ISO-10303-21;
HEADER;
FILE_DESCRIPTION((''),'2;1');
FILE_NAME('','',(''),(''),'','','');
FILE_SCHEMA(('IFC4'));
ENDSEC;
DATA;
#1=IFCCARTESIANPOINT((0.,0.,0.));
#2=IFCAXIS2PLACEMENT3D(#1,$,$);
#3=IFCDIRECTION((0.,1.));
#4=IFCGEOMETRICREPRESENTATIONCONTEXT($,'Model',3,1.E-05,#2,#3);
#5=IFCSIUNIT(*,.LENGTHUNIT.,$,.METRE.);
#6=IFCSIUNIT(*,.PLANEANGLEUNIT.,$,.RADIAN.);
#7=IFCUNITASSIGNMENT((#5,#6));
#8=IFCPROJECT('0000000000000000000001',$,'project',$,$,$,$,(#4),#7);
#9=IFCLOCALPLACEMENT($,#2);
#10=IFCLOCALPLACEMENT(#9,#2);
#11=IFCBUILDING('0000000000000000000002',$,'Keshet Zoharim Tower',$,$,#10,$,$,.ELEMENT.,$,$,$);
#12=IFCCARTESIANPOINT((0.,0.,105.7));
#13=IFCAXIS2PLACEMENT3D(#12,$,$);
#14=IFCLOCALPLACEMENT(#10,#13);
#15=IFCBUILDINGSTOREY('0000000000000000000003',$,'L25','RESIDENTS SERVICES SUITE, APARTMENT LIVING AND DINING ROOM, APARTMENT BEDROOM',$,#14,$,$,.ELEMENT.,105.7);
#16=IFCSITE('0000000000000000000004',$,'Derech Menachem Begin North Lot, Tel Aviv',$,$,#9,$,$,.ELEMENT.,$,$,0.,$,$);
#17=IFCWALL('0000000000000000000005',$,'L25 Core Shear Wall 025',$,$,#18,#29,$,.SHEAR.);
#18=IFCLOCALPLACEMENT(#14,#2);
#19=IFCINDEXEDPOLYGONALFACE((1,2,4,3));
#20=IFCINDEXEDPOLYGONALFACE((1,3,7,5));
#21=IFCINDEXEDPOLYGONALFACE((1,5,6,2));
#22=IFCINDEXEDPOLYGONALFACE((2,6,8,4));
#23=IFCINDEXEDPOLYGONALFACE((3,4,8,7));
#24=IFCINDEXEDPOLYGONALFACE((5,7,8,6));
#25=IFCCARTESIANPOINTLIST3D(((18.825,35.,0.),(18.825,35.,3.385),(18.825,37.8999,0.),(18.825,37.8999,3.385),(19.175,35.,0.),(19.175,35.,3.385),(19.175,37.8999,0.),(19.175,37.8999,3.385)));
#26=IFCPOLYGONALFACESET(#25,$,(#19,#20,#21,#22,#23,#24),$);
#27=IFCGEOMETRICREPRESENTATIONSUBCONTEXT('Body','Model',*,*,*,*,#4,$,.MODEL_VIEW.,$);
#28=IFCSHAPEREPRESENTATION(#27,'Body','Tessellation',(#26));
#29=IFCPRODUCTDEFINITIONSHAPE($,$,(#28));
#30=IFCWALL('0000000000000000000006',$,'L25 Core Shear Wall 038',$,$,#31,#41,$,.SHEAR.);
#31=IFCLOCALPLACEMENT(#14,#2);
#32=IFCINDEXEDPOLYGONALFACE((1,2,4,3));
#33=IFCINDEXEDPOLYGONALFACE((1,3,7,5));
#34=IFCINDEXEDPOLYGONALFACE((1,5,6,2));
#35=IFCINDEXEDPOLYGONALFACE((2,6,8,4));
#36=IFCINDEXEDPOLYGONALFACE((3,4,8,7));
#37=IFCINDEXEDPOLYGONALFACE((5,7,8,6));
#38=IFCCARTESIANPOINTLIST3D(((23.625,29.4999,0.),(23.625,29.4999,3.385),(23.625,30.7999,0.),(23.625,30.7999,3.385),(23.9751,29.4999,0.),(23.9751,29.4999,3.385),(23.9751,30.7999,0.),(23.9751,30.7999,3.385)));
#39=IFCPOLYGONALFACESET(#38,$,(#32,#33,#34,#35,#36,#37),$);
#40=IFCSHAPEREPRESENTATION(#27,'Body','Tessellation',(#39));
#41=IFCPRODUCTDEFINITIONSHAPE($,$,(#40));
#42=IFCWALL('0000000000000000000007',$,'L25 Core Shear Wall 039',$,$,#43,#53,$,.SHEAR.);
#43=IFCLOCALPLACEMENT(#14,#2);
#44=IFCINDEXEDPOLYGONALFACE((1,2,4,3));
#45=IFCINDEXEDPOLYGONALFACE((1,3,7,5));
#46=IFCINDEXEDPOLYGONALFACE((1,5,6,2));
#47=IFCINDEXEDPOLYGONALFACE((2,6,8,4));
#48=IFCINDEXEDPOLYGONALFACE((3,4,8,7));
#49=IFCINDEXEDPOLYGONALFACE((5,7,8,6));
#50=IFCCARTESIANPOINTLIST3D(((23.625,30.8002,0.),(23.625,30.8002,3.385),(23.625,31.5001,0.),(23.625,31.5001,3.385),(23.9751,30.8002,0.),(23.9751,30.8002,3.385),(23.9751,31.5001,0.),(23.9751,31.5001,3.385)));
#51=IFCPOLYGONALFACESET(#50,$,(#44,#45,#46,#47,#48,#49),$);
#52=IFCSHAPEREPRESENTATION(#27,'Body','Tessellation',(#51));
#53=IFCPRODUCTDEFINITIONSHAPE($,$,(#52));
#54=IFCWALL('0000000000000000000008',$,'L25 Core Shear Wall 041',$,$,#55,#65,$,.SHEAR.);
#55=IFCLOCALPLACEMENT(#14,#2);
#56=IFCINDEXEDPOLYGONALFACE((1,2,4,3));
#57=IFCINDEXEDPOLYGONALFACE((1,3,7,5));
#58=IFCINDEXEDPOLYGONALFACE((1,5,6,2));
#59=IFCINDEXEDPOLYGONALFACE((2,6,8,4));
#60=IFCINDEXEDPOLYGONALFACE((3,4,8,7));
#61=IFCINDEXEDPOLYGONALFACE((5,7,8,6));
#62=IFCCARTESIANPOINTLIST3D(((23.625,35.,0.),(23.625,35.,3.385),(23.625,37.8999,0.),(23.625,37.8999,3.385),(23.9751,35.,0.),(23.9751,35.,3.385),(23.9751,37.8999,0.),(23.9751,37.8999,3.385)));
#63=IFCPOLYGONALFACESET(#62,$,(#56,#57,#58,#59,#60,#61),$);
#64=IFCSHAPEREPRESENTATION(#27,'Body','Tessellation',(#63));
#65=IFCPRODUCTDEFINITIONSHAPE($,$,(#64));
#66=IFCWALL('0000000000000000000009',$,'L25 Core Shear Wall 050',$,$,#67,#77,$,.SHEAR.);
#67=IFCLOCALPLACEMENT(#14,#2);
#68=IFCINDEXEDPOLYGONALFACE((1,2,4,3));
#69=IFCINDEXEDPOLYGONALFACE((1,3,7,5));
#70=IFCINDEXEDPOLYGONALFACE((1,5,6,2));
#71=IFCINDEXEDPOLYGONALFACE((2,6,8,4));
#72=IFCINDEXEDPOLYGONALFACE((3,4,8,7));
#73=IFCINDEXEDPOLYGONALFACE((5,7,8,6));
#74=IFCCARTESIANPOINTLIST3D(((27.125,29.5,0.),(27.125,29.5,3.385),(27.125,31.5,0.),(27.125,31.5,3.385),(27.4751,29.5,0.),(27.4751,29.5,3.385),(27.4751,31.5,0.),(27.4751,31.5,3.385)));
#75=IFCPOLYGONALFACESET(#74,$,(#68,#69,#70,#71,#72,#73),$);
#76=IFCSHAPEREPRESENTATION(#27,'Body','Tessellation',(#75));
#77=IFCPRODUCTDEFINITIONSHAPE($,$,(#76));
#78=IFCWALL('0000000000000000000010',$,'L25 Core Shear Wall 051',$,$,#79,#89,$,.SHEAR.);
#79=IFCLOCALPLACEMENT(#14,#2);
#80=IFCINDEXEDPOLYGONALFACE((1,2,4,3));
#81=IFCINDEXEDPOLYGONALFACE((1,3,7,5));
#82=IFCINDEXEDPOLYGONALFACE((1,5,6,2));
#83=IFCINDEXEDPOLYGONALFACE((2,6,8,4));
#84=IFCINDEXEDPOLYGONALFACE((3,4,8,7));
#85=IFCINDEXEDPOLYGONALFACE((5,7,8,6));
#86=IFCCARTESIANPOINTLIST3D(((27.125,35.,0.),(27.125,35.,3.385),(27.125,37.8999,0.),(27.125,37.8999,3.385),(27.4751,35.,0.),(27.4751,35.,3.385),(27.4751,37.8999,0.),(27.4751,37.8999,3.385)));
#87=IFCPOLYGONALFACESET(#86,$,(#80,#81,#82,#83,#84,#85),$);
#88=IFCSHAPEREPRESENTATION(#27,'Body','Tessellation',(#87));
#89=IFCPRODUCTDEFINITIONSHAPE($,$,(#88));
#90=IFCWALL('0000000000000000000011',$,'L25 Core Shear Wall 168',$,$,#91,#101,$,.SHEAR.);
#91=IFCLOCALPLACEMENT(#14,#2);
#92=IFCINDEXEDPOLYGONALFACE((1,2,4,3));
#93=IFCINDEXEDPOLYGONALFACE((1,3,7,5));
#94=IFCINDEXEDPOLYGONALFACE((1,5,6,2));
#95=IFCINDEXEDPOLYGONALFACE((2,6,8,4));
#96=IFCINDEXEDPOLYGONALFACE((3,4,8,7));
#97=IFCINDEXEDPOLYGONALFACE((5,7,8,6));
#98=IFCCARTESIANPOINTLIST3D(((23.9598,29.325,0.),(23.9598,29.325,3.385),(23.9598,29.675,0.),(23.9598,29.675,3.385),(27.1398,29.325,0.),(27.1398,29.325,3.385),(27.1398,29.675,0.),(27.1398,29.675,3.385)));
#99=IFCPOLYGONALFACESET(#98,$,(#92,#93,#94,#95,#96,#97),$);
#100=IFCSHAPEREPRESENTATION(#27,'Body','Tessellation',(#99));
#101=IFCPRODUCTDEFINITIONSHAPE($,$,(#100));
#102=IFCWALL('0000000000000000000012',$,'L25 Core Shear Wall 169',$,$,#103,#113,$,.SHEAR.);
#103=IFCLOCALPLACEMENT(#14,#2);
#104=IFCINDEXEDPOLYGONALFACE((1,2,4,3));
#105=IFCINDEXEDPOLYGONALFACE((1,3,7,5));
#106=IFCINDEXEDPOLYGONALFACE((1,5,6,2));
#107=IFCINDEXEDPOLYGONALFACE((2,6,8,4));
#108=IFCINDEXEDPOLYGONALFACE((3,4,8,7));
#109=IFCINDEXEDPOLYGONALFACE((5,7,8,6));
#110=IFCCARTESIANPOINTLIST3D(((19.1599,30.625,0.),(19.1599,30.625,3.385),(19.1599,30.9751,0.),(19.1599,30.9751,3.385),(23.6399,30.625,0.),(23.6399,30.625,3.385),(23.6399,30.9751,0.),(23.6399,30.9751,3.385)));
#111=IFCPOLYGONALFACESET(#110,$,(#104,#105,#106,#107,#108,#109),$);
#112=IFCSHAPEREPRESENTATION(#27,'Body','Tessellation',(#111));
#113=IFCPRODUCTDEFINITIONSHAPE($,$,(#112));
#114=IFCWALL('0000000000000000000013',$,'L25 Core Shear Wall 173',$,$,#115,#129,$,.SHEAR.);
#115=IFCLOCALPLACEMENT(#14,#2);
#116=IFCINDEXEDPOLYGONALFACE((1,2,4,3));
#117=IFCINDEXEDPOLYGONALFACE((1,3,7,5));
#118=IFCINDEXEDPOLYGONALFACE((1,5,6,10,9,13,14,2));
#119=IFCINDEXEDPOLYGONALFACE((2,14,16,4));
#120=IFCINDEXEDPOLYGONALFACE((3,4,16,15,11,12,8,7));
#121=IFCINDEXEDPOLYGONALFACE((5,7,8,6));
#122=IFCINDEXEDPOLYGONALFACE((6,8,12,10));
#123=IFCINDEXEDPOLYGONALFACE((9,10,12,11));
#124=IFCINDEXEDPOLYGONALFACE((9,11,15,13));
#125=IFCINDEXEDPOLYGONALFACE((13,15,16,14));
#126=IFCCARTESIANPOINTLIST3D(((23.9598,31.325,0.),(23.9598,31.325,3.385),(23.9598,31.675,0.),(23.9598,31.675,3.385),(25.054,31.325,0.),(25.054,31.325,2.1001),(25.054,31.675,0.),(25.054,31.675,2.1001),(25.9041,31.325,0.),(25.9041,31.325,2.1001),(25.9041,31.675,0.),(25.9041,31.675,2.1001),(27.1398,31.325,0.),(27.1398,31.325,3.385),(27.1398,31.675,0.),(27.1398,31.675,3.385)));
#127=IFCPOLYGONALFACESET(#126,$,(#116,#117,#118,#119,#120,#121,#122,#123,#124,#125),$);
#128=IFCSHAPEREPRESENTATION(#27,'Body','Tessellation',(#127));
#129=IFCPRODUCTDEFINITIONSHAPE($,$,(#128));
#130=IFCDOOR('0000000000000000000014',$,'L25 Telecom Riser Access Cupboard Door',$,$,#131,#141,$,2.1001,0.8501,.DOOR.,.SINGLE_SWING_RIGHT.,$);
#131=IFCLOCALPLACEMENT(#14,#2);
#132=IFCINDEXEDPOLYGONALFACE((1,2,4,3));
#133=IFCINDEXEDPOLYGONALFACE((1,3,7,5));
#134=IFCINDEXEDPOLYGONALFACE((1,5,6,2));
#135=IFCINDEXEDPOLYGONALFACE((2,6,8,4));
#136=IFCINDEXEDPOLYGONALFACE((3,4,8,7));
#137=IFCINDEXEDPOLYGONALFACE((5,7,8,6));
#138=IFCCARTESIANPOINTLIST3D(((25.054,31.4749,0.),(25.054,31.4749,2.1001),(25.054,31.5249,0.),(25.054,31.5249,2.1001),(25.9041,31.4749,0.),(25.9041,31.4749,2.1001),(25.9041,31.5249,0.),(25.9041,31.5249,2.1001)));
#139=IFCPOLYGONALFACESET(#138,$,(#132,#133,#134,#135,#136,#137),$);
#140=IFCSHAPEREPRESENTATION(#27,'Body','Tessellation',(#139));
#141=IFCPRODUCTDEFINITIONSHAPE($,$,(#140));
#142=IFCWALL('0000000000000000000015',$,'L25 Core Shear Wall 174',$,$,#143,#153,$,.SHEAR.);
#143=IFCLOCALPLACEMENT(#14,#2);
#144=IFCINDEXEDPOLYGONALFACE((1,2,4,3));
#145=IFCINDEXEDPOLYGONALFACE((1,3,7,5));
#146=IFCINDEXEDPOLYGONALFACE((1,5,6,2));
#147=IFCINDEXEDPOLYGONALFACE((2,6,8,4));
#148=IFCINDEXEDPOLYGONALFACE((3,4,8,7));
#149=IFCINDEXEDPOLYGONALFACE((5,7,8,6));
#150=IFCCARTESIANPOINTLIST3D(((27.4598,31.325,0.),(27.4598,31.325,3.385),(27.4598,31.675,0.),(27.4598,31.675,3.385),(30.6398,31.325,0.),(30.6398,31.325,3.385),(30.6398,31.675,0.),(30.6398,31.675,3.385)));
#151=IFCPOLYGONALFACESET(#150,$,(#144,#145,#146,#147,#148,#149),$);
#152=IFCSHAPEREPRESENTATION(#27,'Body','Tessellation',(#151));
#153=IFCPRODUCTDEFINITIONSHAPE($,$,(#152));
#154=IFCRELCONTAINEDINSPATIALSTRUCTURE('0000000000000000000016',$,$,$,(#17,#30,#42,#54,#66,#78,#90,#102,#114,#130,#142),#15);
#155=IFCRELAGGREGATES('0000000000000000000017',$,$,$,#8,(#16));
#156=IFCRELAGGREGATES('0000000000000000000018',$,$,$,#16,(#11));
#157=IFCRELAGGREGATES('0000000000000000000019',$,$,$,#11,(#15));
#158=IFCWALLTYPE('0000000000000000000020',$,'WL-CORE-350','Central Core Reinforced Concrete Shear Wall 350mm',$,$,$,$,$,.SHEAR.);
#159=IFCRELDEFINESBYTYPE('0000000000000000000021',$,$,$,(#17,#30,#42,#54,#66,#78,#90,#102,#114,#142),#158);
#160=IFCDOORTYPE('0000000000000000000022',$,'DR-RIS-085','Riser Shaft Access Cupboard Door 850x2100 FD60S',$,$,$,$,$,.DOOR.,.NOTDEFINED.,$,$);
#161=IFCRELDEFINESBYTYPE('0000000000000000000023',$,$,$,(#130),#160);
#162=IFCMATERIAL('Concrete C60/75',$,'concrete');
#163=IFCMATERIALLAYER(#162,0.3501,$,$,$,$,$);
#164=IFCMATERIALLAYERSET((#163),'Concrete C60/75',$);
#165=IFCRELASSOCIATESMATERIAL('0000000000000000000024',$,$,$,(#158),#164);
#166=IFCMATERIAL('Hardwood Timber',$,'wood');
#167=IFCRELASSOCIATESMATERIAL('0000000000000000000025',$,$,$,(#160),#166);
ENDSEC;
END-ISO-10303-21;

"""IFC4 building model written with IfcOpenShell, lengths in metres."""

from ifc_helpers import new_model, si_unit, direction, frame, frame_2d, origin, place, context, subcontext, project, spatial, rectangle, extrude, material, layer, layer_set, type_object, element, fill, save


model = new_model("IFC4")

# Units and contexts
model_context = context("Model", 3, precision=1e-05, world=origin(), true_north=direction((0.0, 1.0)))
body_context = subcontext(model_context, "Body", "Model", "MODEL_VIEW")
ifc_project = project(units=[si_unit("LENGTHUNIT", "METRE"), si_unit("PLANEANGLEUNIT", "RADIAN")], contexts=[model_context])

# Site, building, storey
site_placement = place(None, origin())
site = spatial("IfcSite", under=ifc_project, at=site_placement, Name="Derech Menachem Begin North Lot, Tel Aviv", CompositionType="ELEMENT", RefElevation=0.0)
building_placement = place(site_placement, origin())
building = spatial("IfcBuilding", under=site, at=building_placement, Name="Keshet Zoharim Tower", CompositionType="ELEMENT")
storey_placement = place(building_placement, frame((0.0, 0.0, 105.7)))
storey = spatial("IfcBuildingStorey", under=building, at=storey_placement, Name="L25", Description="RESIDENTS SERVICES SUITE, APARTMENT LIVING AND DINING ROOM, APARTMENT BEDROOM", CompositionType="ELEMENT", Elevation=105.7)

# Walls
ifc_material_1 = material(Name="Concrete C60/75", Category="concrete")
ifc_layer_1 = layer(ifc_material_1, 0.3501)
ifc_layer_set_1 = layer_set([ifc_layer_1], Name="Concrete C60/75")
wall_type_1 = type_object("IfcWallType", Name="WL-CORE-350", Description="Central Core Reinforced Concrete Shear Wall 350mm", PredefinedType="SHEAR", material=ifc_layer_set_1)
wall_1_placement = place(storey_placement, frame((19.0, 35.0, 0.0), z_axis=(0.0, 0.0, 1.0), x_axis=(0.0, 1.0, 0.0)))
element("IfcWall", 1, at=wall_1_placement, inside=storey, type_object=wall_type_1, Name="L25 Core Shear Wall 025", PredefinedType="SHEAR", context=body_context, shape_type="SweptSolid", body=[
    extrude(rectangle(XDim=2.8999, YDim=0.3501, at=frame_2d((1.45, 0.0))), origin(), (0.0, 0.0, 1.0), 3.385),
])
wall_2_placement = place(storey_placement, frame((23.8, 29.5, 0.0), z_axis=(0.0, 0.0, 1.0), x_axis=(0.0, 1.0, 0.0)))
element("IfcWall", 2, at=wall_2_placement, inside=storey, type_object=wall_type_1, Name="L25 Core Shear Wall 038", PredefinedType="SHEAR", context=body_context, shape_type="SweptSolid", body=[
    extrude(rectangle(XDim=1.3, YDim=0.3501, at=frame_2d((0.6499, 0.0))), origin(), (0.0, 0.0, 1.0), 3.385),
])
wall_3_placement = place(storey_placement, frame((23.8, 30.8, 0.0), z_axis=(0.0, 0.0, 1.0), x_axis=(0.0, 1.0, 0.0)))
element("IfcWall", 3, at=wall_3_placement, inside=storey, type_object=wall_type_1, Name="L25 Core Shear Wall 039", PredefinedType="SHEAR", context=body_context, shape_type="SweptSolid", body=[
    extrude(rectangle(XDim=0.7, YDim=0.3501, at=frame_2d((0.3501, 0.0))), origin(), (0.0, 0.0, 1.0), 3.385),
])

# Shared definitions
ifc_material_2 = material(Name="Hardwood Timber", Category="wood")

# Walls
wall_4_placement = place(storey_placement, frame((23.8, 35.0, 0.0), z_axis=(0.0, 0.0, 1.0), x_axis=(0.0, 1.0, 0.0)))
element("IfcWall", 4, at=wall_4_placement, inside=storey, type_object=wall_type_1, Name="L25 Core Shear Wall 041", PredefinedType="SHEAR", context=body_context, shape_type="SweptSolid", body=[
    extrude(rectangle(XDim=2.8999, YDim=0.3501, at=frame_2d((1.45, 0.0))), origin(), (0.0, 0.0, 1.0), 3.385),
])
wall_5_placement = place(storey_placement, frame((27.3, 29.5, 0.0), z_axis=(0.0, 0.0, 1.0), x_axis=(0.0, 1.0, 0.0)))
element("IfcWall", 5, at=wall_5_placement, inside=storey, type_object=wall_type_1, Name="L25 Core Shear Wall 050", PredefinedType="SHEAR", context=body_context, shape_type="SweptSolid", body=[
    extrude(rectangle(XDim=2.0, YDim=0.3501, at=frame_2d((1.0, 0.0))), origin(), (0.0, 0.0, 1.0), 3.385),
])
wall_6_placement = place(storey_placement, frame((27.3, 35.0, 0.0), z_axis=(0.0, 0.0, 1.0), x_axis=(0.0, 1.0, 0.0)))
element("IfcWall", 6, at=wall_6_placement, inside=storey, type_object=wall_type_1, Name="L25 Core Shear Wall 051", PredefinedType="SHEAR", context=body_context, shape_type="SweptSolid", body=[
    extrude(rectangle(XDim=2.8999, YDim=0.3501, at=frame_2d((1.45, 0.0))), origin(), (0.0, 0.0, 1.0), 3.385),
])
wall_7_placement = place(storey_placement, frame((23.96, 29.5, 0.0), z_axis=(0.0, 0.0, 1.0), x_axis=(1.0, 0.0, 0.0)))
element("IfcWall", 7, at=wall_7_placement, inside=storey, type_object=wall_type_1, Name="L25 Core Shear Wall 168", PredefinedType="SHEAR", context=body_context, shape_type="SweptSolid", body=[
    extrude(rectangle(XDim=3.1799, YDim=0.3501, at=frame_2d((1.5898, 0.0))), origin(), (0.0, 0.0, 1.0), 3.385),
])
wall_8_placement = place(storey_placement, frame((19.1599, 30.8, 0.0), z_axis=(0.0, 0.0, 1.0), x_axis=(1.0, 0.0, 0.0)))
element("IfcWall", 8, at=wall_8_placement, inside=storey, type_object=wall_type_1, Name="L25 Core Shear Wall 169", PredefinedType="SHEAR", context=body_context, shape_type="SweptSolid", body=[
    extrude(rectangle(XDim=4.48, YDim=0.3501, at=frame_2d((2.24, 0.0))), origin(), (0.0, 0.0, 1.0), 3.385),
])

# Wall, opening, door
wall_9_placement = place(storey_placement, frame((23.96, 31.5, 0.0), z_axis=(0.0, 0.0, 1.0), x_axis=(1.0, 0.0, 0.0)))
wall_9 = element("IfcWall", 9, at=wall_9_placement, inside=storey, type_object=wall_type_1, Name="L25 Core Shear Wall 173", PredefinedType="SHEAR", context=body_context, shape_type="SweptSolid", body=[
    extrude(rectangle(XDim=3.1799, YDim=0.3501, at=frame_2d((1.5898, 0.0))), origin(), (0.0, 0.0, 1.0), 3.385),
])
opening_1_placement = place(wall_9_placement, frame((1.094, 0.0, 0.0)))
opening_1 = element("IfcOpeningElement", 10, at=opening_1_placement, cuts=wall_9, PredefinedType="OPENING", context=body_context, shape_type="SweptSolid", body=[
    extrude(rectangle(XDim=0.8501, YDim=2.1001, at=frame_2d((0.425, 1.05))), frame((0.0, 0.1851, 0.0), z_axis=(0.0, -1.0, 0.0), x_axis=(1.0, 0.0, 0.0)), (0.0, 0.0, 1.0), 0.3701),
])
door_type_1 = type_object("IfcDoorType", Name="DR-RIS-085", Description="Riser Shaft Access Cupboard Door 850x2100 FD60S", OperationType="NOTDEFINED", PredefinedType="DOOR", material=ifc_material_2)
door_1_placement = place(opening_1_placement, origin())
door_1 = element("IfcDoor", 11, at=door_1_placement, inside=storey, type_object=door_type_1, Name="L25 Telecom Riser Access Cupboard Door", OperationType="SINGLE_SWING_RIGHT", OverallHeight=2.1001, OverallWidth=0.8501, PredefinedType="DOOR", context=body_context, shape_type="SweptSolid", body=[
    extrude(rectangle(XDim=0.8501, YDim=2.1001, at=frame_2d((0.425, 1.05))), frame((0.0, 0.0249, 0.0), z_axis=(0.0, -1.0, 0.0), x_axis=(1.0, 0.0, 0.0)), (0.0, 0.0, 1.0), 0.05),
])
fill(opening_1, door_1)

# Wall
wall_10_placement = place(storey_placement, frame((27.46, 31.5, 0.0), z_axis=(0.0, 0.0, 1.0), x_axis=(1.0, 0.0, 0.0)))
element("IfcWall", 12, at=wall_10_placement, inside=storey, type_object=wall_type_1, Name="L25 Core Shear Wall 174", PredefinedType="SHEAR", context=body_context, shape_type="SweptSolid", body=[
    extrude(rectangle(XDim=3.1799, YDim=0.3501, at=frame_2d((1.5898, 0.0))), origin(), (0.0, 0.0, 1.0), 3.385),
])

save(model, "model.ifc")
